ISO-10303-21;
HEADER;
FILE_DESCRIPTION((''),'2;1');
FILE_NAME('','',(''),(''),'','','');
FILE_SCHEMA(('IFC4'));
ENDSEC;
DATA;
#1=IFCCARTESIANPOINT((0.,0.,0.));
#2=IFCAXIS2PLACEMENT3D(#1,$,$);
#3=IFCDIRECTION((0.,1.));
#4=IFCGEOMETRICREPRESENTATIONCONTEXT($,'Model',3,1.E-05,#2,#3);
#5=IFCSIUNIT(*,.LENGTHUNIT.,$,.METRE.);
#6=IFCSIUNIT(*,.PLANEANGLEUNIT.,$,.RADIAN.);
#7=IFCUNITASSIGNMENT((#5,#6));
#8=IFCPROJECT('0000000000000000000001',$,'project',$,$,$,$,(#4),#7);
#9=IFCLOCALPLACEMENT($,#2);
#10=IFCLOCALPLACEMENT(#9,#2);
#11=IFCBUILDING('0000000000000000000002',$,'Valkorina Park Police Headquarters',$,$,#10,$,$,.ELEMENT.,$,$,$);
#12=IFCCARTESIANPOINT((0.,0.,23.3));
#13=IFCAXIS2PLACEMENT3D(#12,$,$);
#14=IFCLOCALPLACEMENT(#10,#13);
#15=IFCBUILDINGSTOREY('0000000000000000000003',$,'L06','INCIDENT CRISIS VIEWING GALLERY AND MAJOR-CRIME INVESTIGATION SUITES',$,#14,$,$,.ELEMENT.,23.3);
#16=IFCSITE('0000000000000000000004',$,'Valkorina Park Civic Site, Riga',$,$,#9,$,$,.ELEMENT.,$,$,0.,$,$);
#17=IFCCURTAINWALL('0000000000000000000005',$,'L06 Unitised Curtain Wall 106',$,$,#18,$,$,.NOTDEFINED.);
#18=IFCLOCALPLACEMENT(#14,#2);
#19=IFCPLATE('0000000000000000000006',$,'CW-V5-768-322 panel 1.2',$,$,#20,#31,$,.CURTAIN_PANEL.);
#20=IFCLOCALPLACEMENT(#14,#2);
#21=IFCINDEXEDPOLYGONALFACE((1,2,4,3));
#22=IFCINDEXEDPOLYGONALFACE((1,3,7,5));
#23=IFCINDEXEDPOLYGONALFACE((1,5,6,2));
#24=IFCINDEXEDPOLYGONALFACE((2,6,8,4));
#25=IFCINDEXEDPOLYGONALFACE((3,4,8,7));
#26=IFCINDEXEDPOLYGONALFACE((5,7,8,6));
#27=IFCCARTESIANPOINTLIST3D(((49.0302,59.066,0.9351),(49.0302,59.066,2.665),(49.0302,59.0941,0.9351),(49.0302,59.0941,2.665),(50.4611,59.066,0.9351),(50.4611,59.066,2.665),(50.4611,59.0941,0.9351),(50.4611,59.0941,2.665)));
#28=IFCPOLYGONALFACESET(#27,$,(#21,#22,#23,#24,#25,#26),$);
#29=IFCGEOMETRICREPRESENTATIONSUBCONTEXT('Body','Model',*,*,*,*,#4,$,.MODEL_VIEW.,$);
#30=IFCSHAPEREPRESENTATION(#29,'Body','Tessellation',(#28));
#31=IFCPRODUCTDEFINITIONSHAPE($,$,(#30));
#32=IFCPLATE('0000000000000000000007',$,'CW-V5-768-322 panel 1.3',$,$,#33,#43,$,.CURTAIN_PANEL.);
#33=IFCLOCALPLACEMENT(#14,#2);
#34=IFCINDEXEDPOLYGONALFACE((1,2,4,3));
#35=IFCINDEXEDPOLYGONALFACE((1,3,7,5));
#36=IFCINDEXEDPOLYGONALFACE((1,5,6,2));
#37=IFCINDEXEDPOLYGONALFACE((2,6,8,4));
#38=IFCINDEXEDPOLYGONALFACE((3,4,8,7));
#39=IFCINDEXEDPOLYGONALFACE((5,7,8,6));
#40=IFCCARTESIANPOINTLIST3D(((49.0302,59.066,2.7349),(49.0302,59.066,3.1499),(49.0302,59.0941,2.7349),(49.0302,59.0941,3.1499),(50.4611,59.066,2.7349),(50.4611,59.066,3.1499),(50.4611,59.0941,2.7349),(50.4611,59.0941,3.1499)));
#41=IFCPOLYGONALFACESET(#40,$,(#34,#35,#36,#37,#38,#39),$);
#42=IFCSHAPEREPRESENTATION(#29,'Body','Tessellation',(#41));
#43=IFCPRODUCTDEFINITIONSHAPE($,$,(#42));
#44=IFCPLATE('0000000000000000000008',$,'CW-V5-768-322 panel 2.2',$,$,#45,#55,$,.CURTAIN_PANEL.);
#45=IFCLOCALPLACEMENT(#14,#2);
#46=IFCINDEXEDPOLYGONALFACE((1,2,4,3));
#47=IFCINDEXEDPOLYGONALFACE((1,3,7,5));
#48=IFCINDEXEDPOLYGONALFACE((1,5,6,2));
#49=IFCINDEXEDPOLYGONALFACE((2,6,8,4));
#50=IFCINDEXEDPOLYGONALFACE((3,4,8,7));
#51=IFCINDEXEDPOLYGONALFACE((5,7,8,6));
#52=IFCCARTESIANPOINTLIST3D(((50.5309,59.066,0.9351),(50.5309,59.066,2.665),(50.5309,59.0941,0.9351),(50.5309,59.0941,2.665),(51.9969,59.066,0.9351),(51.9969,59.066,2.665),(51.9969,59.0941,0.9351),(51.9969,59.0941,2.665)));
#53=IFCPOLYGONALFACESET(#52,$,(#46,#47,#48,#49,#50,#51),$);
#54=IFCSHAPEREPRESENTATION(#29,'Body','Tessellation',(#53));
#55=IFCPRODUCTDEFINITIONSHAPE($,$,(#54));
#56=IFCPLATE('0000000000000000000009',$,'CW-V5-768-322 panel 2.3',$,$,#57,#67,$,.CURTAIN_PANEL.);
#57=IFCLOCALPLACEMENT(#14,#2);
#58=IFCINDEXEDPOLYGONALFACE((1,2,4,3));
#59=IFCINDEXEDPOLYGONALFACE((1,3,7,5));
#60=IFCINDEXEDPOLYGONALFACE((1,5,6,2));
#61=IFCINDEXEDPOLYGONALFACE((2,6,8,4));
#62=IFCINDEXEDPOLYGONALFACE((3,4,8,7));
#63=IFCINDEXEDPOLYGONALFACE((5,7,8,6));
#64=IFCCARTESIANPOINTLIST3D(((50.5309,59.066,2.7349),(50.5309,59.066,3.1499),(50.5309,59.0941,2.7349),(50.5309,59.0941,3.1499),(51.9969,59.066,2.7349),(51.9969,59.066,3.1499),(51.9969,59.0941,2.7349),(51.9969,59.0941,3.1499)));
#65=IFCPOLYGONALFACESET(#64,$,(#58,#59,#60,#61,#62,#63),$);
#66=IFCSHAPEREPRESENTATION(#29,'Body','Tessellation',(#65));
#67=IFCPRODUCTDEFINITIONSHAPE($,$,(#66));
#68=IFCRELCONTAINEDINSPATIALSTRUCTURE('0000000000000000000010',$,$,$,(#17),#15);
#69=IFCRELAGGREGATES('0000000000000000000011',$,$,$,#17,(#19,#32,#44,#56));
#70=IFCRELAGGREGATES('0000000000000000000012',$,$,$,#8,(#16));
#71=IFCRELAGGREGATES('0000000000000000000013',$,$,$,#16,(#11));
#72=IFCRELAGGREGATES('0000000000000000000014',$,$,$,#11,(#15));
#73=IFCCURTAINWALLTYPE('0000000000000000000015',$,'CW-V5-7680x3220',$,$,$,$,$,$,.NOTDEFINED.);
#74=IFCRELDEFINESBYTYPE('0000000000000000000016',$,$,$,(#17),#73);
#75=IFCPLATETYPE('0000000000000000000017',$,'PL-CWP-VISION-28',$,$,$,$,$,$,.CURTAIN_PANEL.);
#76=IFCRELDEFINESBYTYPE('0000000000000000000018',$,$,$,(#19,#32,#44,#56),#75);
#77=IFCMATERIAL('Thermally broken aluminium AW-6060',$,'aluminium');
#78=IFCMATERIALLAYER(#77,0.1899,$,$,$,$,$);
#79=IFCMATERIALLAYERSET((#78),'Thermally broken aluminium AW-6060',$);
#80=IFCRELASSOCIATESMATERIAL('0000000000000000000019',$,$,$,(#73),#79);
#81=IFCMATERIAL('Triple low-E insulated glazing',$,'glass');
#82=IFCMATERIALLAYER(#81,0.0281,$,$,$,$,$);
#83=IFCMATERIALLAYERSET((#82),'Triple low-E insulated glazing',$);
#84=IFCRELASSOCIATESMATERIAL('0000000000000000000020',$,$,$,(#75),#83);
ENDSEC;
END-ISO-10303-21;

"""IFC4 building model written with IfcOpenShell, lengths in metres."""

from ifc_helpers import new_model, si_unit, direction, frame, origin, origin_2d, place, context, subcontext, project, spatial, rectangle, extrude, material, layer, layer_set, type_object, element, aggregate, save


model = new_model("IFC4")

# Units and contexts
model_context = context("Model", 3, precision=1e-05, world=origin(), true_north=direction((0.0, 1.0)))
body_context = subcontext(model_context, "Body", "Model", "MODEL_VIEW")
ifc_project = project(units=[si_unit("LENGTHUNIT", "METRE"), si_unit("PLANEANGLEUNIT", "RADIAN")], contexts=[model_context])

# Site, building, storey
site_placement = place(None, origin())
site = spatial("IfcSite", under=ifc_project, at=site_placement, Name="Valkorina Park Civic Site, Riga", CompositionType="ELEMENT", RefElevation=0.0)
building_placement = place(site_placement, origin())
building = spatial("IfcBuilding", under=site, at=building_placement, Name="Valkorina Park Police Headquarters", CompositionType="ELEMENT")
storey_placement = place(building_placement, frame((0.0, 0.0, 23.3)))
storey = spatial("IfcBuildingStorey", under=building, at=storey_placement, Name="L06", Description="INCIDENT CRISIS VIEWING GALLERY AND MAJOR-CRIME INVESTIGATION SUITES", CompositionType="ELEMENT", Elevation=23.3)

# Shared definitions
ifc_material_1 = material(Name="Thermally broken aluminium AW-6060", Category="aluminium")

# Curtain wall, plates
ifc_layer_1 = layer(ifc_material_1, 0.1899)
ifc_layer_set_1 = layer_set([ifc_layer_1], Name="Thermally broken aluminium AW-6060")
curtain_wall_type_1 = type_object("IfcCurtainWallType", Name="CW-V5-7680x3220", PredefinedType="NOTDEFINED", material=ifc_layer_set_1)
curtain_wall_1_placement = place(storey_placement, origin())
curtain_wall_1 = element("IfcCurtainWall", 1, at=curtain_wall_1_placement, inside=storey, type_object=curtain_wall_type_1, Name="L06 Unitised Curtain Wall 106", PredefinedType="NOTDEFINED")
ifc_material_2 = material(Name="Triple low-E insulated glazing", Category="glass")
ifc_layer_2 = layer(ifc_material_2, 0.0281)
ifc_layer_set_2 = layer_set([ifc_layer_2], Name="Triple low-E insulated glazing")
plate_type_1 = type_object("IfcPlateType", Name="PL-CWP-VISION-28", PredefinedType="CURTAIN_PANEL", material=ifc_layer_set_2)
plate_1_placement = place(storey_placement, frame((49.7456, 59.0801, 0.9351), z_axis=(0.0, 0.0, 1.0), x_axis=(1.0, 0.0, 0.0)))
plate_1 = element("IfcPlate", 2, at=plate_1_placement, type_object=plate_type_1, Name="CW-V5-768-322 panel 1.2", PredefinedType="CURTAIN_PANEL", context=body_context, shape_type="SweptSolid", body=[
    extrude(rectangle(XDim=1.4309, YDim=0.0281, at=origin_2d()), origin(), (0.0, 0.0, 1.0), 1.73),
])
plate_2_placement = place(storey_placement, frame((49.7456, 59.0801, 2.7349), z_axis=(0.0, 0.0, 1.0), x_axis=(1.0, 0.0, 0.0)))
plate_2 = element("IfcPlate", 3, at=plate_2_placement, type_object=plate_type_1, Name="CW-V5-768-322 panel 1.3", PredefinedType="CURTAIN_PANEL", context=body_context, shape_type="SweptSolid", body=[
    extrude(rectangle(XDim=1.4309, YDim=0.0281, at=origin_2d()), origin(), (0.0, 0.0, 1.0), 0.415),
])
plate_3_placement = place(storey_placement, frame((51.2639, 59.0801, 0.9351), z_axis=(0.0, 0.0, 1.0), x_axis=(1.0, 0.0, 0.0)))
plate_3 = element("IfcPlate", 4, at=plate_3_placement, type_object=plate_type_1, Name="CW-V5-768-322 panel 2.2", PredefinedType="CURTAIN_PANEL", context=body_context, shape_type="SweptSolid", body=[
    extrude(rectangle(XDim=1.4661, YDim=0.0281, at=origin_2d()), origin(), (0.0, 0.0, 1.0), 1.73),
])
plate_4_placement = place(storey_placement, frame((51.2639, 59.0801, 2.7349), z_axis=(0.0, 0.0, 1.0), x_axis=(1.0, 0.0, 0.0)))
plate_4 = element("IfcPlate", 5, at=plate_4_placement, type_object=plate_type_1, Name="CW-V5-768-322 panel 2.3", PredefinedType="CURTAIN_PANEL", context=body_context, shape_type="SweptSolid", body=[
    extrude(rectangle(XDim=1.4661, YDim=0.0281, at=origin_2d()), origin(), (0.0, 0.0, 1.0), 0.415),
])
aggregate(curtain_wall_1, [plate_1, plate_2, plate_3, plate_4])

save(model, "model.ifc")
